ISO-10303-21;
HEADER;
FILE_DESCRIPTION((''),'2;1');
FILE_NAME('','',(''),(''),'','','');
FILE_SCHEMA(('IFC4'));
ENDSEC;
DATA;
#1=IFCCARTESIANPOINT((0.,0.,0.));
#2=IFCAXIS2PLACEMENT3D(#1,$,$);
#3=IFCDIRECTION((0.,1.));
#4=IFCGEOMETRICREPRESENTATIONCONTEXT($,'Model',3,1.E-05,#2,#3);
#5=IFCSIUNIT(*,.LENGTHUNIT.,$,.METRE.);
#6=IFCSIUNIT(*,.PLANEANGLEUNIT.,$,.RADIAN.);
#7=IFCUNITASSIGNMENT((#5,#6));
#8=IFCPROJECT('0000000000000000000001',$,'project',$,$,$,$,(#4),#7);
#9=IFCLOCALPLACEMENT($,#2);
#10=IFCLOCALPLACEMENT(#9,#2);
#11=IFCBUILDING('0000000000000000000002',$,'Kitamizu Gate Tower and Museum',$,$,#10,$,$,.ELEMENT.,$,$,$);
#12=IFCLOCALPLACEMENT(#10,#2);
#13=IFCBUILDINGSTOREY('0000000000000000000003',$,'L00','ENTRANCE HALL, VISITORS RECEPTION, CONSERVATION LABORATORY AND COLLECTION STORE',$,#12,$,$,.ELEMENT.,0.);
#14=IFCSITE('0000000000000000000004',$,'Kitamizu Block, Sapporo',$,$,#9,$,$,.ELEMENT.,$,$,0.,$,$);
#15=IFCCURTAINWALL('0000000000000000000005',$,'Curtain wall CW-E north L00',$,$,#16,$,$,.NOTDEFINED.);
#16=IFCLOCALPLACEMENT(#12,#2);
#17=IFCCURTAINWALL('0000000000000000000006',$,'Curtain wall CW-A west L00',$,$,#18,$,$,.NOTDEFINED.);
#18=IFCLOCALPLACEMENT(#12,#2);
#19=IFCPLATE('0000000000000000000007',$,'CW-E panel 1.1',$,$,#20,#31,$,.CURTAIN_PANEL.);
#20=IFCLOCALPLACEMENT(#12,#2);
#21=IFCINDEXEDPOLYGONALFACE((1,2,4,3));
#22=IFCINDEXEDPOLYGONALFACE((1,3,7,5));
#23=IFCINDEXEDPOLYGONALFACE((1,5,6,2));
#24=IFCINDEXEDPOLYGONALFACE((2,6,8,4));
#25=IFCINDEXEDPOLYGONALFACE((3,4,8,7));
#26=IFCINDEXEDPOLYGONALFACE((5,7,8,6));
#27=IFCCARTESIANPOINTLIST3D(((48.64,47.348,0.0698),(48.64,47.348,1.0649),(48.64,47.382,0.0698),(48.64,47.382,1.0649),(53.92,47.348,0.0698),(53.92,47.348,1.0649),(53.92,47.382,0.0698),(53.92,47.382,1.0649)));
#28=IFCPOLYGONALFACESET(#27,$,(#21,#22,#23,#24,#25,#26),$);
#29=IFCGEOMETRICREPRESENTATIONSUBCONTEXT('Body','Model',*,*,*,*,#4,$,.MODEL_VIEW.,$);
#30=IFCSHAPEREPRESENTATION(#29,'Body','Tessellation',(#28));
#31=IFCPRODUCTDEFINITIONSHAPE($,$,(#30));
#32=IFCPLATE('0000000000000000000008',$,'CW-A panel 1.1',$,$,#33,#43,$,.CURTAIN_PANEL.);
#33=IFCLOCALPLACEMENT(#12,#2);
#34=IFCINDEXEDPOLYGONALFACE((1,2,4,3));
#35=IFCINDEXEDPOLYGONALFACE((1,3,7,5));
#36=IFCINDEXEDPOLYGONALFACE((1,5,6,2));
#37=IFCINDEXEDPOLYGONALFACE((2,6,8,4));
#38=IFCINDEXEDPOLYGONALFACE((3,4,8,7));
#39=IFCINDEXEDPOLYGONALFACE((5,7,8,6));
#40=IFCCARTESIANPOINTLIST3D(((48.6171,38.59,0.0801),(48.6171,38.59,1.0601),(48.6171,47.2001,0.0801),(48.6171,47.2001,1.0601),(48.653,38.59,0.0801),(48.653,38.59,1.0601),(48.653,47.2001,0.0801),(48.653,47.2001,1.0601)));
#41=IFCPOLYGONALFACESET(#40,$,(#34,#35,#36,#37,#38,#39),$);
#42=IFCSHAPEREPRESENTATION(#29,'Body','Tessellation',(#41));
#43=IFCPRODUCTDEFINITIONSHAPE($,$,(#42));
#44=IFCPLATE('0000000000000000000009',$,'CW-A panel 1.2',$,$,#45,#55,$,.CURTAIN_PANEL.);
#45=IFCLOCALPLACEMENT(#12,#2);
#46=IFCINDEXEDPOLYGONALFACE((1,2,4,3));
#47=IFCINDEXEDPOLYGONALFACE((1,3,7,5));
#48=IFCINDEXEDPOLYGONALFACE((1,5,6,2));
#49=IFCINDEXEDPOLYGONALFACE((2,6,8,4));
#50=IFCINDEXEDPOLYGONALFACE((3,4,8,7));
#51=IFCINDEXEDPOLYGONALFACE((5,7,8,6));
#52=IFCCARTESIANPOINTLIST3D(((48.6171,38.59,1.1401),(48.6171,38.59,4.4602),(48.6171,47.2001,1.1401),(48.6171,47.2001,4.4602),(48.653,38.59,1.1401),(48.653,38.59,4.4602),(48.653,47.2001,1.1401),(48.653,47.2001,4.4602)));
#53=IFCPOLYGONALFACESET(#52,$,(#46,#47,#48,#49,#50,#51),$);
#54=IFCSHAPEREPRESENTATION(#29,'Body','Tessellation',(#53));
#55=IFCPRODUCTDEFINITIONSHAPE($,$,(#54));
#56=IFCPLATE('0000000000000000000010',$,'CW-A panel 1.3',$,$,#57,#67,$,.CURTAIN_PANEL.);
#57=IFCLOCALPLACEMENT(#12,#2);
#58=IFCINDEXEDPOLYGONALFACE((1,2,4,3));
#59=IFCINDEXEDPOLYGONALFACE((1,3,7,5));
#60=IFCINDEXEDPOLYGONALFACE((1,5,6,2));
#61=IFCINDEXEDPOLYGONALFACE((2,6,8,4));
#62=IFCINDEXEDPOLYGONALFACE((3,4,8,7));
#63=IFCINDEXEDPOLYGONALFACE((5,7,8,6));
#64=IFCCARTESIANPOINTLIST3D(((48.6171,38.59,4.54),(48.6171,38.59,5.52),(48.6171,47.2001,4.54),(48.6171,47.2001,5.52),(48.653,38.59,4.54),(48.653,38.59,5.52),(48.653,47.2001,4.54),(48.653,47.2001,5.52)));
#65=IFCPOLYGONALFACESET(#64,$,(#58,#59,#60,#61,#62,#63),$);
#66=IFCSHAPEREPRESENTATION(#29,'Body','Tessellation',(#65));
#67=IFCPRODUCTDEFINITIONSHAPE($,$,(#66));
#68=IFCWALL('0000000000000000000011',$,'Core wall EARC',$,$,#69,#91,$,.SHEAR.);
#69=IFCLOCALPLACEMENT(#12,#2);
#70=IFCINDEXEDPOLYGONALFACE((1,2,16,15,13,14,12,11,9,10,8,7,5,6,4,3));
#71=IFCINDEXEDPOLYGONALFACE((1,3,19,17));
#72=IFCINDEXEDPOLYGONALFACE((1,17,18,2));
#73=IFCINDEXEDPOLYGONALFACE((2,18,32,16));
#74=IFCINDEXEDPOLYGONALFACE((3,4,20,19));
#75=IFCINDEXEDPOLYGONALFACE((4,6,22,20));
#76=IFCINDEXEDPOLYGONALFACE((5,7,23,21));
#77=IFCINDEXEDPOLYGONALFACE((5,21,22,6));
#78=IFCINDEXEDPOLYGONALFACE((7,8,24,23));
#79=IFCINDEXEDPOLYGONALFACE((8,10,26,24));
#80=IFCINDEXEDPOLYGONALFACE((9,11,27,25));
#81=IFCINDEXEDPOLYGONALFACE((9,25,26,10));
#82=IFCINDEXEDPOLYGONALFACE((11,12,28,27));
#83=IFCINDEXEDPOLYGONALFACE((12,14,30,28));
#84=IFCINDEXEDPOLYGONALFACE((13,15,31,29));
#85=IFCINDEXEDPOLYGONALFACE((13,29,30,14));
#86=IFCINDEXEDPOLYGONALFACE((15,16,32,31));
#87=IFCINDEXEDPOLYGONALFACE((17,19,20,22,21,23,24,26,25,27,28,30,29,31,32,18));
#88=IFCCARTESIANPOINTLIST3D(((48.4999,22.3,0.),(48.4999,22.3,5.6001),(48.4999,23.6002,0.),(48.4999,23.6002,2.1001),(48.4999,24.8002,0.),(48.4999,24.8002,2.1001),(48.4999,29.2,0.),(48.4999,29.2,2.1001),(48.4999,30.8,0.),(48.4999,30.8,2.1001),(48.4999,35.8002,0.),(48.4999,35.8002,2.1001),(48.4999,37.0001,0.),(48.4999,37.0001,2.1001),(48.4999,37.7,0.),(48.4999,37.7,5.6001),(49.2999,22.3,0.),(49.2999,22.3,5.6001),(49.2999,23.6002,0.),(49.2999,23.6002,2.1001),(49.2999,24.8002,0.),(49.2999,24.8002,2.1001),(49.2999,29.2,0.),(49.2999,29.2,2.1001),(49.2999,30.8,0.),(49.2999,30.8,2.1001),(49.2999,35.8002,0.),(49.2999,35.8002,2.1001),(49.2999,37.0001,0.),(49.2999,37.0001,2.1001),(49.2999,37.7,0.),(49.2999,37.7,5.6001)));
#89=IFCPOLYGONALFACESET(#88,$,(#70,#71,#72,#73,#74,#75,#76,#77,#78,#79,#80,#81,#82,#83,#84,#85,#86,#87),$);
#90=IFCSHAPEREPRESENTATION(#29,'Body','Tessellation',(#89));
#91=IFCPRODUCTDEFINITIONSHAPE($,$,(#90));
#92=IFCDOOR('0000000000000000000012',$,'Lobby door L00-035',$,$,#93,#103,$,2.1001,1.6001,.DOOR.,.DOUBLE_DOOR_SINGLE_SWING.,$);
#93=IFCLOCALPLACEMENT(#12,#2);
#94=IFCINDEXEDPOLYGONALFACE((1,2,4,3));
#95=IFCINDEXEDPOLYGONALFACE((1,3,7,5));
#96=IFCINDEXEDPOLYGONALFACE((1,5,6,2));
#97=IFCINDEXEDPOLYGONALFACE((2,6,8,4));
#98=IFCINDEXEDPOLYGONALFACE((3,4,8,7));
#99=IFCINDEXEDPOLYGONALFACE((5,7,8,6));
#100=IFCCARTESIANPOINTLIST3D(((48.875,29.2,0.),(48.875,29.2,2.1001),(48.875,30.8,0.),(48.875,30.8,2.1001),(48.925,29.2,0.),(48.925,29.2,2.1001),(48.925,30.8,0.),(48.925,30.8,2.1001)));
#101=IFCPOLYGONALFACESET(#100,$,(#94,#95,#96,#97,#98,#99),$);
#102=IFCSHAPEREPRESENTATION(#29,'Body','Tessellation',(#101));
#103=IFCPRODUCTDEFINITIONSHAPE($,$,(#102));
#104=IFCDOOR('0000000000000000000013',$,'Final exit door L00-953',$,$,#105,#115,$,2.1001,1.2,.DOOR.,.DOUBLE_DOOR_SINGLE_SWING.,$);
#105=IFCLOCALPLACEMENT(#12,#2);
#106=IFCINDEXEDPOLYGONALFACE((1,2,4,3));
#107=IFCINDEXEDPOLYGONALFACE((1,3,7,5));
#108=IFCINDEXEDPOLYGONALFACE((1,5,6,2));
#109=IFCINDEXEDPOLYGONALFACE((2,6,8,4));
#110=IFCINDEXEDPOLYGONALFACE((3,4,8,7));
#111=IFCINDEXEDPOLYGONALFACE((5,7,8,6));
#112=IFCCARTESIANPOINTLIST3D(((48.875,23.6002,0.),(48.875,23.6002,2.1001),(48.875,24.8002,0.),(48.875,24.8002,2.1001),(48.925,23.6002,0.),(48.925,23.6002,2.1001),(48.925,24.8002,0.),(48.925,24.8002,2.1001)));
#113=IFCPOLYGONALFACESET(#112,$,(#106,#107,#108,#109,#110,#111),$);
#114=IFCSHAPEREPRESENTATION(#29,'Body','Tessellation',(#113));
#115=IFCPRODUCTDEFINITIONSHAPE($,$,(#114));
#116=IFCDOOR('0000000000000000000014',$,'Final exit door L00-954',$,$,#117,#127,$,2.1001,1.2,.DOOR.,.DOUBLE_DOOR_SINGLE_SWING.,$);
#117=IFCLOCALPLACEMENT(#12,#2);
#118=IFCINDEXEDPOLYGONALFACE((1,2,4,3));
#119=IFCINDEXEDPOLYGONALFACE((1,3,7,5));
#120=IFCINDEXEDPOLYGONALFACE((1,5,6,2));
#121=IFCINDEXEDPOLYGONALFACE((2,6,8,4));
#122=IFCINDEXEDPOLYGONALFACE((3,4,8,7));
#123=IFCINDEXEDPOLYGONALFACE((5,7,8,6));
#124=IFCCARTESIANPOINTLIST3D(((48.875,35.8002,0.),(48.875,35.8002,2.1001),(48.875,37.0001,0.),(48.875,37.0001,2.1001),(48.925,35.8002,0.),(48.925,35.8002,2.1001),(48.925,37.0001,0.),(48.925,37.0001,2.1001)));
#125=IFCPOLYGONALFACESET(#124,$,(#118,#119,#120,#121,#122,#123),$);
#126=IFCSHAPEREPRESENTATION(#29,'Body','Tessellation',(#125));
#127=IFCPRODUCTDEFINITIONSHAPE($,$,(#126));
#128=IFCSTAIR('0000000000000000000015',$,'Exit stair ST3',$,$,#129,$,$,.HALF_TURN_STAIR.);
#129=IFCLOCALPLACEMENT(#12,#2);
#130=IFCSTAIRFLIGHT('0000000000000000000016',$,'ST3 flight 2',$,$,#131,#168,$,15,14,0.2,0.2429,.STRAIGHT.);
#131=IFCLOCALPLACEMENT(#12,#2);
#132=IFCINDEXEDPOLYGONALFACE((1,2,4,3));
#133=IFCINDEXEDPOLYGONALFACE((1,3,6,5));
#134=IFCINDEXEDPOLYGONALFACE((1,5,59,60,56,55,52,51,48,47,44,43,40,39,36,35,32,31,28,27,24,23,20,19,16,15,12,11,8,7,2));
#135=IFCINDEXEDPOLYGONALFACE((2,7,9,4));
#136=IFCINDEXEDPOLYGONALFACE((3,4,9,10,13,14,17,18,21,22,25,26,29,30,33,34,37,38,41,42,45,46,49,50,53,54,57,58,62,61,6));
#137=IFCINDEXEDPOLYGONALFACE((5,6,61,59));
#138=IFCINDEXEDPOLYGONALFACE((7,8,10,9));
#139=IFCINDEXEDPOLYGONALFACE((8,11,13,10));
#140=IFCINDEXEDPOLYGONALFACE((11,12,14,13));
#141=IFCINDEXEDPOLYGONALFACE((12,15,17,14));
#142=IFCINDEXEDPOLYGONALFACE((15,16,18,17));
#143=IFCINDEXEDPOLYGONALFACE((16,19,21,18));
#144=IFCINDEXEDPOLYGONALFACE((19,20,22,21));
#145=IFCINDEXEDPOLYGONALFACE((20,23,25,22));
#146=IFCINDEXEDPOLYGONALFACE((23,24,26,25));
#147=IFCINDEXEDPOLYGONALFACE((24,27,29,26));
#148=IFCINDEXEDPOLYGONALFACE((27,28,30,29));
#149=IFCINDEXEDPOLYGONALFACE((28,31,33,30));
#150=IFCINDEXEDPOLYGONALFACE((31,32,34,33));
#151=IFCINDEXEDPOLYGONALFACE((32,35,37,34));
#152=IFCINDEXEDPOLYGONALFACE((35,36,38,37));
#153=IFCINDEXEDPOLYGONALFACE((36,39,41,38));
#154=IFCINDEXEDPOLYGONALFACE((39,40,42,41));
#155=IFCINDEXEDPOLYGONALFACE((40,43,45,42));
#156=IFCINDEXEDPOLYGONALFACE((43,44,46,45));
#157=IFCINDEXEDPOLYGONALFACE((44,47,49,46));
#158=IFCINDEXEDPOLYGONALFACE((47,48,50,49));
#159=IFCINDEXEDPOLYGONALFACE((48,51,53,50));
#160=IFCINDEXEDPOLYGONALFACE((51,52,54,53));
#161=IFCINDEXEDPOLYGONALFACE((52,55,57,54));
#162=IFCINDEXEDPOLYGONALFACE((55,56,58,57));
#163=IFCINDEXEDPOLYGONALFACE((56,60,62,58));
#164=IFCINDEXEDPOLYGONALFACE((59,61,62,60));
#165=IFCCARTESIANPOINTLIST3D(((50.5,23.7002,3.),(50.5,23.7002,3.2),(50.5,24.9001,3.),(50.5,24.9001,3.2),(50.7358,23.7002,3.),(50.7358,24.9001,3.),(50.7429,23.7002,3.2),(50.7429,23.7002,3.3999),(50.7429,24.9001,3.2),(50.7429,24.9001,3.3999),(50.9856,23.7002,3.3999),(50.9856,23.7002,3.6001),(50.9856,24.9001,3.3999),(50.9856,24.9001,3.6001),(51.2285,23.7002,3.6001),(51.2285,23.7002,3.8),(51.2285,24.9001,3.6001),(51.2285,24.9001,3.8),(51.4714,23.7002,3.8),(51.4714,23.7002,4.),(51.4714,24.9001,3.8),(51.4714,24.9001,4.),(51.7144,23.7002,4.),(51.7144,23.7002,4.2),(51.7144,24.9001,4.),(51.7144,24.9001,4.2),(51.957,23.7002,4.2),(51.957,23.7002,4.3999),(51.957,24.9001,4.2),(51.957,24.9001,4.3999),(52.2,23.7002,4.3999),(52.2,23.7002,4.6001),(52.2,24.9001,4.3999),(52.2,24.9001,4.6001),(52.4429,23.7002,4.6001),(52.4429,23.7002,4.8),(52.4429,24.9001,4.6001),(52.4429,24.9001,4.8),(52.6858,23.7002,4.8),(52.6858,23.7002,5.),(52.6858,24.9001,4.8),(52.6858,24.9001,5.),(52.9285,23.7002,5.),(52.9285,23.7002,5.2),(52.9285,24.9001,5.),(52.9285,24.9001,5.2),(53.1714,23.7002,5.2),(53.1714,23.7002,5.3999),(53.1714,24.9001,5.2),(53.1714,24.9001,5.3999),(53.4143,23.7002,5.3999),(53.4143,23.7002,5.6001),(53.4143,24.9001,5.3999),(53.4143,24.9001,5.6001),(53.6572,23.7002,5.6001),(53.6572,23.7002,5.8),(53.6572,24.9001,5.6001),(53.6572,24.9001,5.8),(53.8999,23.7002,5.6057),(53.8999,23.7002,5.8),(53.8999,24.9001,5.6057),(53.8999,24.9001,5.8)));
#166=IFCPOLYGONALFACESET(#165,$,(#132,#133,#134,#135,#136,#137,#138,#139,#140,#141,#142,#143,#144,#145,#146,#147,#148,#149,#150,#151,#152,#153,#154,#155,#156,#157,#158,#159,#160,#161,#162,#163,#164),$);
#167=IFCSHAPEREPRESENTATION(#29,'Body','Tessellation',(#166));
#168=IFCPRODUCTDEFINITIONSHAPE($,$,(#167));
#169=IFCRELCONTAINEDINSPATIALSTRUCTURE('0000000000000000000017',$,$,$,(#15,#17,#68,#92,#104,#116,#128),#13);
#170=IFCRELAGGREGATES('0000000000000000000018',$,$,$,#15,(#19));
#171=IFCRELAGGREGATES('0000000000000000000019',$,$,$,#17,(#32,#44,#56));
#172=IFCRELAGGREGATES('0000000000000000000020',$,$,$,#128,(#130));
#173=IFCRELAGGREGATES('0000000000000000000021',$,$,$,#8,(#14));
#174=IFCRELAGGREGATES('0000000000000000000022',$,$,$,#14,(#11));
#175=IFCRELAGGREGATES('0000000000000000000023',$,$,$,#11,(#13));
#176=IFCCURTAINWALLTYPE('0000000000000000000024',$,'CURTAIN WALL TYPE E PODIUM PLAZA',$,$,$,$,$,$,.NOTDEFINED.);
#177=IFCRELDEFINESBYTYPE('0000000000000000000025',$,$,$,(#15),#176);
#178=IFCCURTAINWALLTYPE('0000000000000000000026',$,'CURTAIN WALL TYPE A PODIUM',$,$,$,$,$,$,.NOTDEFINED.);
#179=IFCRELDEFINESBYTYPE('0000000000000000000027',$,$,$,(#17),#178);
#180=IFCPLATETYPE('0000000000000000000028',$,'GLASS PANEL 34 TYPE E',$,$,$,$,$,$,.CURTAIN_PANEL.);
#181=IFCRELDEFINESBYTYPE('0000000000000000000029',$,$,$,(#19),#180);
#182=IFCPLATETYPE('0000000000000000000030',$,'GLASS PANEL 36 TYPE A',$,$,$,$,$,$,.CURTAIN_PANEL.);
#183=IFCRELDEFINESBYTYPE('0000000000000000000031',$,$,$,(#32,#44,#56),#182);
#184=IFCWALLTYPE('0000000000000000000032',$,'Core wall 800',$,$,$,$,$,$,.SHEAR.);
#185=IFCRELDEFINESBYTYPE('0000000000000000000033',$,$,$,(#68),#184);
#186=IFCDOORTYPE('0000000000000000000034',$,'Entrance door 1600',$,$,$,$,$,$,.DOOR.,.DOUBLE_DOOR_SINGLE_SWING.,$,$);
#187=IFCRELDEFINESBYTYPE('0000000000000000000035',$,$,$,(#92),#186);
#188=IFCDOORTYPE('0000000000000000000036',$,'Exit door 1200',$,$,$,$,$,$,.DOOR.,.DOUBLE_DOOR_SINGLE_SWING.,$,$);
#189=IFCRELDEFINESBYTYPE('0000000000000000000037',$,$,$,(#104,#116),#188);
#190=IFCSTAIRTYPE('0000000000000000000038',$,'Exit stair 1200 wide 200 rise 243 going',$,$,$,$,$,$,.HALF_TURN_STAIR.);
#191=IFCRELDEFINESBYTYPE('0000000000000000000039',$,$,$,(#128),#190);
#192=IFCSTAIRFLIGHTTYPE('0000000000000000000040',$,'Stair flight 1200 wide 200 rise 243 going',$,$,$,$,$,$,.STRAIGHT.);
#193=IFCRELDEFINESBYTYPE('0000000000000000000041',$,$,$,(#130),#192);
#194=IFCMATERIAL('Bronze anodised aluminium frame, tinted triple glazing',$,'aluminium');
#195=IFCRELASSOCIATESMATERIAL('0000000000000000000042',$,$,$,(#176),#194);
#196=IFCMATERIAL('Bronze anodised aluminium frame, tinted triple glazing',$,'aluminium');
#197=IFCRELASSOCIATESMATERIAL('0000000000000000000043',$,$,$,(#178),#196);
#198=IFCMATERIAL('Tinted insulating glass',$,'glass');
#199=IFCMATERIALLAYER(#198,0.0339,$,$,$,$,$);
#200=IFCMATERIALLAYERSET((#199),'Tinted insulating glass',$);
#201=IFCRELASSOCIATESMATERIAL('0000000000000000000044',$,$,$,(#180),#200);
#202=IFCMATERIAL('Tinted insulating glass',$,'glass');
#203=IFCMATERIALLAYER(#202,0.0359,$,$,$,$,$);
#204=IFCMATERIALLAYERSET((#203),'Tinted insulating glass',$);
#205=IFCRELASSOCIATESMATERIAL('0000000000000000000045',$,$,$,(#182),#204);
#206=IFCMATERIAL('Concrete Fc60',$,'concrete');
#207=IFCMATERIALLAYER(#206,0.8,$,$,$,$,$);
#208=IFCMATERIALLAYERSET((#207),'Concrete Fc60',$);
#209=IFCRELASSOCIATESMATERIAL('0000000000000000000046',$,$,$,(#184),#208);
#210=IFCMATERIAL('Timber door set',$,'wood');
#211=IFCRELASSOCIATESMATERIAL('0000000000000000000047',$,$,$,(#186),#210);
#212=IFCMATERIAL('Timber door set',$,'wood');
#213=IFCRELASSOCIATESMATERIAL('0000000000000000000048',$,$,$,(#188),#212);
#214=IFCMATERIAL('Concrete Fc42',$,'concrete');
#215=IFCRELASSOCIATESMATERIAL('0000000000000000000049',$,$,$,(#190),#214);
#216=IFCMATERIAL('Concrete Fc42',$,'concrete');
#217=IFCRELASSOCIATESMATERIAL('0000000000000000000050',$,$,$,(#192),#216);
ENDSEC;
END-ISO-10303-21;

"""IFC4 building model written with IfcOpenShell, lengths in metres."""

from ifc_helpers import new_model, si_unit, direction, frame, frame_2d, origin, origin_2d, place, context, subcontext, project, spatial, polyline, rectangle, outline, extrude, material, layer, layer_set, type_object, element, fill, aggregate, save


model = new_model("IFC4")

# Units and contexts
model_context = context("Model", 3, precision=1e-05, world=origin(), true_north=direction((0.0, 1.0)))
body_context = subcontext(model_context, "Body", "Model", "MODEL_VIEW")
ifc_project = project(units=[si_unit("LENGTHUNIT", "METRE"), si_unit("PLANEANGLEUNIT", "RADIAN")], contexts=[model_context])

# Site, building, storey
site_placement = place(None, origin())
site = spatial("IfcSite", under=ifc_project, at=site_placement, Name="Kitamizu Block, Sapporo", CompositionType="ELEMENT", RefElevation=0.0)
building_placement = place(site_placement, origin())
building = spatial("IfcBuilding", under=site, at=building_placement, Name="Kitamizu Gate Tower and Museum", CompositionType="ELEMENT")
storey_placement = place(building_placement, origin())
storey = spatial("IfcBuildingStorey", under=building, at=storey_placement, Name="L00", Description="ENTRANCE HALL, VISITORS RECEPTION, CONSERVATION LABORATORY AND COLLECTION STORE", CompositionType="ELEMENT", Elevation=0.0)

# Curtain wall
ifc_material_1 = material(Name="Bronze anodised aluminium frame, tinted triple glazing", Category="aluminium")
curtain_wall_type_1 = type_object("IfcCurtainWallType", Name="CURTAIN WALL TYPE E PODIUM PLAZA", PredefinedType="NOTDEFINED", material=ifc_material_1)
curtain_wall_1_placement = place(storey_placement, origin())
curtain_wall_1 = element("IfcCurtainWall", 1, at=curtain_wall_1_placement, inside=storey, type_object=curtain_wall_type_1, Name="Curtain wall CW-E north L00", PredefinedType="NOTDEFINED")

# Curtain wall
ifc_material_2 = material(Name="Bronze anodised aluminium frame, tinted triple glazing", Category="aluminium")
curtain_wall_type_2 = type_object("IfcCurtainWallType", Name="CURTAIN WALL TYPE A PODIUM", PredefinedType="NOTDEFINED", material=ifc_material_2)
curtain_wall_2_placement = place(storey_placement, origin())
curtain_wall_2 = element("IfcCurtainWall", 2, at=curtain_wall_2_placement, inside=storey, type_object=curtain_wall_type_2, Name="Curtain wall CW-A west L00", PredefinedType="NOTDEFINED")

# Plates
ifc_material_3 = material(Name="Tinted insulating glass", Category="glass")
ifc_layer_1 = layer(ifc_material_3, 0.0339)
ifc_layer_set_1 = layer_set([ifc_layer_1], Name="Tinted insulating glass")
plate_type_1 = type_object("IfcPlateType", Name="GLASS PANEL 34 TYPE E", PredefinedType="CURTAIN_PANEL", material=ifc_layer_set_1)
plate_1_placement = place(storey_placement, frame((51.28, 47.365, 0.0698), z_axis=(0.0, 0.0, 1.0), x_axis=(1.0, 0.0, 0.0)))
plate_1 = element("IfcPlate", 3, at=plate_1_placement, type_object=plate_type_1, Name="CW-E panel 1.1", PredefinedType="CURTAIN_PANEL", context=body_context, shape_type="SweptSolid", body=[
    extrude(rectangle(XDim=5.28, YDim=0.0339, at=origin_2d()), origin(), (0.0, 0.0, 1.0), 0.9951),
])
aggregate(curtain_wall_1, [plate_1])
ifc_material_4 = material(Name="Tinted insulating glass", Category="glass")
ifc_layer_2 = layer(ifc_material_4, 0.0359)
ifc_layer_set_2 = layer_set([ifc_layer_2], Name="Tinted insulating glass")
plate_type_2 = type_object("IfcPlateType", Name="GLASS PANEL 36 TYPE A", PredefinedType="CURTAIN_PANEL", material=ifc_layer_set_2)
plate_2_placement = place(storey_placement, frame((48.635, 42.895, 0.0801), z_axis=(0.0, 0.0, 1.0), x_axis=(0.0, 1.0, 0.0)))
plate_2 = element("IfcPlate", 4, at=plate_2_placement, type_object=plate_type_2, Name="CW-A panel 1.1", PredefinedType="CURTAIN_PANEL", context=body_context, shape_type="SweptSolid", body=[
    extrude(rectangle(XDim=8.6101, YDim=0.0359, at=origin_2d()), origin(), (0.0, 0.0, 1.0), 0.98),
])
plate_3_placement = place(storey_placement, frame((48.635, 42.895, 1.1401), z_axis=(0.0, 0.0, 1.0), x_axis=(0.0, 1.0, 0.0)))
plate_3 = element("IfcPlate", 5, at=plate_3_placement, type_object=plate_type_2, Name="CW-A panel 1.2", PredefinedType="CURTAIN_PANEL", context=body_context, shape_type="SweptSolid", body=[
    extrude(rectangle(XDim=8.6101, YDim=0.0359, at=origin_2d()), origin(), (0.0, 0.0, 1.0), 3.3201),
])
plate_4_placement = place(storey_placement, frame((48.635, 42.895, 4.54), z_axis=(0.0, 0.0, 1.0), x_axis=(0.0, 1.0, 0.0)))
plate_4 = element("IfcPlate", 6, at=plate_4_placement, type_object=plate_type_2, Name="CW-A panel 1.3", PredefinedType="CURTAIN_PANEL", context=body_context, shape_type="SweptSolid", body=[
    extrude(rectangle(XDim=8.6101, YDim=0.0359, at=origin_2d()), origin(), (0.0, 0.0, 1.0), 0.98),
])
aggregate(curtain_wall_2, [plate_2, plate_3, plate_4])

# Wall, openings, doors
ifc_material_5 = material(Name="Concrete Fc60", Category="concrete")
ifc_layer_3 = layer(ifc_material_5, 0.8)
ifc_layer_set_3 = layer_set([ifc_layer_3], Name="Concrete Fc60")
wall_type = type_object("IfcWallType", Name="Core wall 800", PredefinedType="SHEAR", material=ifc_layer_set_3)
wall_placement = place(storey_placement, frame((48.8999, 22.3, 0.0), z_axis=(0.0, 0.0, 1.0), x_axis=(0.0, 1.0, 0.0)))
wall = element("IfcWall", 7, at=wall_placement, inside=storey, type_object=wall_type, Name="Core wall EARC", PredefinedType="SHEAR", context=body_context, shape_type="SweptSolid", body=[
    extrude(rectangle(XDim=15.3999, YDim=0.8, at=frame_2d((7.7, 0.0))), origin(), (0.0, 0.0, 1.0), 5.6001),
])
opening_1_placement = place(wall_placement, frame((6.8999, 0.0, 0.0)))
opening_1 = element("IfcOpeningElement", 8, at=opening_1_placement, cuts=wall, PredefinedType="OPENING", context=body_context, shape_type="SweptSolid", body=[
    extrude(rectangle(XDim=1.6001, YDim=2.1001, at=frame_2d((0.8, 1.05))), frame((0.0, 0.4102, 0.0), z_axis=(0.0, -1.0, 0.0), x_axis=(1.0, 0.0, 0.0)), (0.0, 0.0, 1.0), 0.8201),
])
opening_2_placement = place(wall_placement, frame((1.3, 0.0, 0.0)))
opening_2 = element("IfcOpeningElement", 9, at=opening_2_placement, cuts=wall, PredefinedType="OPENING", context=body_context, shape_type="SweptSolid", body=[
    extrude(rectangle(XDim=1.2, YDim=2.1001, at=frame_2d((0.6001, 1.05))), frame((0.0, 0.4102, 0.0), z_axis=(0.0, -1.0, 0.0), x_axis=(1.0, 0.0, 0.0)), (0.0, 0.0, 1.0), 0.8201),
])
opening_3_placement = place(wall_placement, frame((13.5, 0.0, 0.0)))
opening_3 = element("IfcOpeningElement", 10, at=opening_3_placement, cuts=wall, PredefinedType="OPENING", context=body_context, shape_type="SweptSolid", body=[
    extrude(rectangle(XDim=1.2, YDim=2.1001, at=frame_2d((0.6001, 1.05))), frame((0.0, 0.4102, 0.0), z_axis=(0.0, -1.0, 0.0), x_axis=(1.0, 0.0, 0.0)), (0.0, 0.0, 1.0), 0.8201),
])
ifc_material_6 = material(Name="Timber door set", Category="wood")
door_type_1 = type_object("IfcDoorType", Name="Entrance door 1600", OperationType="DOUBLE_DOOR_SINGLE_SWING", PredefinedType="DOOR", material=ifc_material_6)
door_1_placement = place(opening_1_placement, origin())
door_1 = element("IfcDoor", 11, at=door_1_placement, inside=storey, type_object=door_type_1, Name="Lobby door L00-035", OperationType="DOUBLE_DOOR_SINGLE_SWING", OverallHeight=2.1001, OverallWidth=1.6001, PredefinedType="DOOR", context=body_context, shape_type="SweptSolid", body=[
    extrude(rectangle(XDim=1.6001, YDim=2.1001, at=frame_2d((0.8, 1.05))), frame((0.0, 0.0249, 0.0), z_axis=(0.0, -1.0, 0.0), x_axis=(1.0, 0.0, 0.0)), (0.0, 0.0, 1.0), 0.05),
])
fill(opening_1, door_1)
ifc_material_7 = material(Name="Timber door set", Category="wood")
door_type_2 = type_object("IfcDoorType", Name="Exit door 1200", OperationType="DOUBLE_DOOR_SINGLE_SWING", PredefinedType="DOOR", material=ifc_material_7)
door_2_placement = place(opening_2_placement, origin())
door_2 = element("IfcDoor", 12, at=door_2_placement, inside=storey, type_object=door_type_2, Name="Final exit door L00-953", OperationType="DOUBLE_DOOR_SINGLE_SWING", OverallHeight=2.1001, OverallWidth=1.2, PredefinedType="DOOR", context=body_context, shape_type="SweptSolid", body=[
    extrude(rectangle(XDim=1.2, YDim=2.1001, at=frame_2d((0.6001, 1.05))), frame((0.0, 0.0249, 0.0), z_axis=(0.0, -1.0, 0.0), x_axis=(1.0, 0.0, 0.0)), (0.0, 0.0, 1.0), 0.05),
])
fill(opening_2, door_2)
door_3_placement = place(opening_3_placement, origin())
door_3 = element("IfcDoor", 13, at=door_3_placement, inside=storey, type_object=door_type_2, Name="Final exit door L00-954", OperationType="DOUBLE_DOOR_SINGLE_SWING", OverallHeight=2.1001, OverallWidth=1.2, PredefinedType="DOOR", context=body_context, shape_type="SweptSolid", body=[
    extrude(rectangle(XDim=1.2, YDim=2.1001, at=frame_2d((0.6001, 1.05))), frame((0.0, 0.0249, 0.0), z_axis=(0.0, -1.0, 0.0), x_axis=(1.0, 0.0, 0.0)), (0.0, 0.0, 1.0), 0.05),
])
fill(opening_3, door_3)

# Stair, stair flight
ifc_material_8 = material(Name="Concrete Fc42", Category="concrete")
stair_type = type_object("IfcStairType", Name="Exit stair 1200 wide 200 rise 243 going", PredefinedType="HALF_TURN_STAIR", material=ifc_material_8)
stair_placement = place(storey_placement, origin())
stair = element("IfcStair", 14, at=stair_placement, inside=storey, type_object=stair_type, Name="Exit stair ST3", PredefinedType="HALF_TURN_STAIR")
ifc_material_9 = material(Name="Concrete Fc42", Category="concrete")
stair_flight_type = type_object("IfcStairFlightType", Name="Stair flight 1200 wide 200 rise 243 going", PredefinedType="STRAIGHT", material=ifc_material_9)
stair_flight_placement = place(storey_placement, frame((50.5, 24.3, 3.0), z_axis=(0.0, 0.0, 1.0), x_axis=(1.0, 0.0, 0.0)))
stair_flight = element("IfcStairFlight", 15, at=stair_flight_placement, type_object=stair_flight_type, Name="ST3 flight 2", NumberOfRisers=15, NumberOfTreads=14, PredefinedType="STRAIGHT", RiserHeight=0.2, TreadLength=0.2429, context=body_context, shape_type="SweptSolid", body=[
    extrude(outline(polyline([(0.0, 0.0), (0.0, 0.2), (0.2429, 0.2), (0.2429, 0.3999), (0.4856, 0.3999), (0.4856, 0.6001), (0.7285, 0.6001), (0.7285, 0.8), (0.9714, 0.8), (0.9714, 1.0), (1.2144, 1.0), (1.2144, 1.2), (1.457, 1.2), (1.457, 1.3999), (1.7, 1.3999), (1.7, 1.6001), (1.9429, 1.6001), (1.9429, 1.8), (2.1858, 1.8), (2.1858, 2.0), (2.4285, 2.0), (2.4285, 2.2), (2.6714, 2.2), (2.6714, 2.3999), (2.9143, 2.3999), (2.9143, 2.6001), (3.1572, 2.6001), (3.1572, 2.8), (3.3999, 2.8), (3.3999, 3.0), (3.3999, 2.6057), (0.2358, 0.0), (0.0, 0.0)])), frame((0.0, 0.6001, 0.0), z_axis=(0.0, -1.0, 0.0), x_axis=(1.0, 0.0, 0.0)), (0.0, 0.0, 1.0), 1.2),
])
aggregate(stair, [stair_flight])

save(model, "model.ifc")
